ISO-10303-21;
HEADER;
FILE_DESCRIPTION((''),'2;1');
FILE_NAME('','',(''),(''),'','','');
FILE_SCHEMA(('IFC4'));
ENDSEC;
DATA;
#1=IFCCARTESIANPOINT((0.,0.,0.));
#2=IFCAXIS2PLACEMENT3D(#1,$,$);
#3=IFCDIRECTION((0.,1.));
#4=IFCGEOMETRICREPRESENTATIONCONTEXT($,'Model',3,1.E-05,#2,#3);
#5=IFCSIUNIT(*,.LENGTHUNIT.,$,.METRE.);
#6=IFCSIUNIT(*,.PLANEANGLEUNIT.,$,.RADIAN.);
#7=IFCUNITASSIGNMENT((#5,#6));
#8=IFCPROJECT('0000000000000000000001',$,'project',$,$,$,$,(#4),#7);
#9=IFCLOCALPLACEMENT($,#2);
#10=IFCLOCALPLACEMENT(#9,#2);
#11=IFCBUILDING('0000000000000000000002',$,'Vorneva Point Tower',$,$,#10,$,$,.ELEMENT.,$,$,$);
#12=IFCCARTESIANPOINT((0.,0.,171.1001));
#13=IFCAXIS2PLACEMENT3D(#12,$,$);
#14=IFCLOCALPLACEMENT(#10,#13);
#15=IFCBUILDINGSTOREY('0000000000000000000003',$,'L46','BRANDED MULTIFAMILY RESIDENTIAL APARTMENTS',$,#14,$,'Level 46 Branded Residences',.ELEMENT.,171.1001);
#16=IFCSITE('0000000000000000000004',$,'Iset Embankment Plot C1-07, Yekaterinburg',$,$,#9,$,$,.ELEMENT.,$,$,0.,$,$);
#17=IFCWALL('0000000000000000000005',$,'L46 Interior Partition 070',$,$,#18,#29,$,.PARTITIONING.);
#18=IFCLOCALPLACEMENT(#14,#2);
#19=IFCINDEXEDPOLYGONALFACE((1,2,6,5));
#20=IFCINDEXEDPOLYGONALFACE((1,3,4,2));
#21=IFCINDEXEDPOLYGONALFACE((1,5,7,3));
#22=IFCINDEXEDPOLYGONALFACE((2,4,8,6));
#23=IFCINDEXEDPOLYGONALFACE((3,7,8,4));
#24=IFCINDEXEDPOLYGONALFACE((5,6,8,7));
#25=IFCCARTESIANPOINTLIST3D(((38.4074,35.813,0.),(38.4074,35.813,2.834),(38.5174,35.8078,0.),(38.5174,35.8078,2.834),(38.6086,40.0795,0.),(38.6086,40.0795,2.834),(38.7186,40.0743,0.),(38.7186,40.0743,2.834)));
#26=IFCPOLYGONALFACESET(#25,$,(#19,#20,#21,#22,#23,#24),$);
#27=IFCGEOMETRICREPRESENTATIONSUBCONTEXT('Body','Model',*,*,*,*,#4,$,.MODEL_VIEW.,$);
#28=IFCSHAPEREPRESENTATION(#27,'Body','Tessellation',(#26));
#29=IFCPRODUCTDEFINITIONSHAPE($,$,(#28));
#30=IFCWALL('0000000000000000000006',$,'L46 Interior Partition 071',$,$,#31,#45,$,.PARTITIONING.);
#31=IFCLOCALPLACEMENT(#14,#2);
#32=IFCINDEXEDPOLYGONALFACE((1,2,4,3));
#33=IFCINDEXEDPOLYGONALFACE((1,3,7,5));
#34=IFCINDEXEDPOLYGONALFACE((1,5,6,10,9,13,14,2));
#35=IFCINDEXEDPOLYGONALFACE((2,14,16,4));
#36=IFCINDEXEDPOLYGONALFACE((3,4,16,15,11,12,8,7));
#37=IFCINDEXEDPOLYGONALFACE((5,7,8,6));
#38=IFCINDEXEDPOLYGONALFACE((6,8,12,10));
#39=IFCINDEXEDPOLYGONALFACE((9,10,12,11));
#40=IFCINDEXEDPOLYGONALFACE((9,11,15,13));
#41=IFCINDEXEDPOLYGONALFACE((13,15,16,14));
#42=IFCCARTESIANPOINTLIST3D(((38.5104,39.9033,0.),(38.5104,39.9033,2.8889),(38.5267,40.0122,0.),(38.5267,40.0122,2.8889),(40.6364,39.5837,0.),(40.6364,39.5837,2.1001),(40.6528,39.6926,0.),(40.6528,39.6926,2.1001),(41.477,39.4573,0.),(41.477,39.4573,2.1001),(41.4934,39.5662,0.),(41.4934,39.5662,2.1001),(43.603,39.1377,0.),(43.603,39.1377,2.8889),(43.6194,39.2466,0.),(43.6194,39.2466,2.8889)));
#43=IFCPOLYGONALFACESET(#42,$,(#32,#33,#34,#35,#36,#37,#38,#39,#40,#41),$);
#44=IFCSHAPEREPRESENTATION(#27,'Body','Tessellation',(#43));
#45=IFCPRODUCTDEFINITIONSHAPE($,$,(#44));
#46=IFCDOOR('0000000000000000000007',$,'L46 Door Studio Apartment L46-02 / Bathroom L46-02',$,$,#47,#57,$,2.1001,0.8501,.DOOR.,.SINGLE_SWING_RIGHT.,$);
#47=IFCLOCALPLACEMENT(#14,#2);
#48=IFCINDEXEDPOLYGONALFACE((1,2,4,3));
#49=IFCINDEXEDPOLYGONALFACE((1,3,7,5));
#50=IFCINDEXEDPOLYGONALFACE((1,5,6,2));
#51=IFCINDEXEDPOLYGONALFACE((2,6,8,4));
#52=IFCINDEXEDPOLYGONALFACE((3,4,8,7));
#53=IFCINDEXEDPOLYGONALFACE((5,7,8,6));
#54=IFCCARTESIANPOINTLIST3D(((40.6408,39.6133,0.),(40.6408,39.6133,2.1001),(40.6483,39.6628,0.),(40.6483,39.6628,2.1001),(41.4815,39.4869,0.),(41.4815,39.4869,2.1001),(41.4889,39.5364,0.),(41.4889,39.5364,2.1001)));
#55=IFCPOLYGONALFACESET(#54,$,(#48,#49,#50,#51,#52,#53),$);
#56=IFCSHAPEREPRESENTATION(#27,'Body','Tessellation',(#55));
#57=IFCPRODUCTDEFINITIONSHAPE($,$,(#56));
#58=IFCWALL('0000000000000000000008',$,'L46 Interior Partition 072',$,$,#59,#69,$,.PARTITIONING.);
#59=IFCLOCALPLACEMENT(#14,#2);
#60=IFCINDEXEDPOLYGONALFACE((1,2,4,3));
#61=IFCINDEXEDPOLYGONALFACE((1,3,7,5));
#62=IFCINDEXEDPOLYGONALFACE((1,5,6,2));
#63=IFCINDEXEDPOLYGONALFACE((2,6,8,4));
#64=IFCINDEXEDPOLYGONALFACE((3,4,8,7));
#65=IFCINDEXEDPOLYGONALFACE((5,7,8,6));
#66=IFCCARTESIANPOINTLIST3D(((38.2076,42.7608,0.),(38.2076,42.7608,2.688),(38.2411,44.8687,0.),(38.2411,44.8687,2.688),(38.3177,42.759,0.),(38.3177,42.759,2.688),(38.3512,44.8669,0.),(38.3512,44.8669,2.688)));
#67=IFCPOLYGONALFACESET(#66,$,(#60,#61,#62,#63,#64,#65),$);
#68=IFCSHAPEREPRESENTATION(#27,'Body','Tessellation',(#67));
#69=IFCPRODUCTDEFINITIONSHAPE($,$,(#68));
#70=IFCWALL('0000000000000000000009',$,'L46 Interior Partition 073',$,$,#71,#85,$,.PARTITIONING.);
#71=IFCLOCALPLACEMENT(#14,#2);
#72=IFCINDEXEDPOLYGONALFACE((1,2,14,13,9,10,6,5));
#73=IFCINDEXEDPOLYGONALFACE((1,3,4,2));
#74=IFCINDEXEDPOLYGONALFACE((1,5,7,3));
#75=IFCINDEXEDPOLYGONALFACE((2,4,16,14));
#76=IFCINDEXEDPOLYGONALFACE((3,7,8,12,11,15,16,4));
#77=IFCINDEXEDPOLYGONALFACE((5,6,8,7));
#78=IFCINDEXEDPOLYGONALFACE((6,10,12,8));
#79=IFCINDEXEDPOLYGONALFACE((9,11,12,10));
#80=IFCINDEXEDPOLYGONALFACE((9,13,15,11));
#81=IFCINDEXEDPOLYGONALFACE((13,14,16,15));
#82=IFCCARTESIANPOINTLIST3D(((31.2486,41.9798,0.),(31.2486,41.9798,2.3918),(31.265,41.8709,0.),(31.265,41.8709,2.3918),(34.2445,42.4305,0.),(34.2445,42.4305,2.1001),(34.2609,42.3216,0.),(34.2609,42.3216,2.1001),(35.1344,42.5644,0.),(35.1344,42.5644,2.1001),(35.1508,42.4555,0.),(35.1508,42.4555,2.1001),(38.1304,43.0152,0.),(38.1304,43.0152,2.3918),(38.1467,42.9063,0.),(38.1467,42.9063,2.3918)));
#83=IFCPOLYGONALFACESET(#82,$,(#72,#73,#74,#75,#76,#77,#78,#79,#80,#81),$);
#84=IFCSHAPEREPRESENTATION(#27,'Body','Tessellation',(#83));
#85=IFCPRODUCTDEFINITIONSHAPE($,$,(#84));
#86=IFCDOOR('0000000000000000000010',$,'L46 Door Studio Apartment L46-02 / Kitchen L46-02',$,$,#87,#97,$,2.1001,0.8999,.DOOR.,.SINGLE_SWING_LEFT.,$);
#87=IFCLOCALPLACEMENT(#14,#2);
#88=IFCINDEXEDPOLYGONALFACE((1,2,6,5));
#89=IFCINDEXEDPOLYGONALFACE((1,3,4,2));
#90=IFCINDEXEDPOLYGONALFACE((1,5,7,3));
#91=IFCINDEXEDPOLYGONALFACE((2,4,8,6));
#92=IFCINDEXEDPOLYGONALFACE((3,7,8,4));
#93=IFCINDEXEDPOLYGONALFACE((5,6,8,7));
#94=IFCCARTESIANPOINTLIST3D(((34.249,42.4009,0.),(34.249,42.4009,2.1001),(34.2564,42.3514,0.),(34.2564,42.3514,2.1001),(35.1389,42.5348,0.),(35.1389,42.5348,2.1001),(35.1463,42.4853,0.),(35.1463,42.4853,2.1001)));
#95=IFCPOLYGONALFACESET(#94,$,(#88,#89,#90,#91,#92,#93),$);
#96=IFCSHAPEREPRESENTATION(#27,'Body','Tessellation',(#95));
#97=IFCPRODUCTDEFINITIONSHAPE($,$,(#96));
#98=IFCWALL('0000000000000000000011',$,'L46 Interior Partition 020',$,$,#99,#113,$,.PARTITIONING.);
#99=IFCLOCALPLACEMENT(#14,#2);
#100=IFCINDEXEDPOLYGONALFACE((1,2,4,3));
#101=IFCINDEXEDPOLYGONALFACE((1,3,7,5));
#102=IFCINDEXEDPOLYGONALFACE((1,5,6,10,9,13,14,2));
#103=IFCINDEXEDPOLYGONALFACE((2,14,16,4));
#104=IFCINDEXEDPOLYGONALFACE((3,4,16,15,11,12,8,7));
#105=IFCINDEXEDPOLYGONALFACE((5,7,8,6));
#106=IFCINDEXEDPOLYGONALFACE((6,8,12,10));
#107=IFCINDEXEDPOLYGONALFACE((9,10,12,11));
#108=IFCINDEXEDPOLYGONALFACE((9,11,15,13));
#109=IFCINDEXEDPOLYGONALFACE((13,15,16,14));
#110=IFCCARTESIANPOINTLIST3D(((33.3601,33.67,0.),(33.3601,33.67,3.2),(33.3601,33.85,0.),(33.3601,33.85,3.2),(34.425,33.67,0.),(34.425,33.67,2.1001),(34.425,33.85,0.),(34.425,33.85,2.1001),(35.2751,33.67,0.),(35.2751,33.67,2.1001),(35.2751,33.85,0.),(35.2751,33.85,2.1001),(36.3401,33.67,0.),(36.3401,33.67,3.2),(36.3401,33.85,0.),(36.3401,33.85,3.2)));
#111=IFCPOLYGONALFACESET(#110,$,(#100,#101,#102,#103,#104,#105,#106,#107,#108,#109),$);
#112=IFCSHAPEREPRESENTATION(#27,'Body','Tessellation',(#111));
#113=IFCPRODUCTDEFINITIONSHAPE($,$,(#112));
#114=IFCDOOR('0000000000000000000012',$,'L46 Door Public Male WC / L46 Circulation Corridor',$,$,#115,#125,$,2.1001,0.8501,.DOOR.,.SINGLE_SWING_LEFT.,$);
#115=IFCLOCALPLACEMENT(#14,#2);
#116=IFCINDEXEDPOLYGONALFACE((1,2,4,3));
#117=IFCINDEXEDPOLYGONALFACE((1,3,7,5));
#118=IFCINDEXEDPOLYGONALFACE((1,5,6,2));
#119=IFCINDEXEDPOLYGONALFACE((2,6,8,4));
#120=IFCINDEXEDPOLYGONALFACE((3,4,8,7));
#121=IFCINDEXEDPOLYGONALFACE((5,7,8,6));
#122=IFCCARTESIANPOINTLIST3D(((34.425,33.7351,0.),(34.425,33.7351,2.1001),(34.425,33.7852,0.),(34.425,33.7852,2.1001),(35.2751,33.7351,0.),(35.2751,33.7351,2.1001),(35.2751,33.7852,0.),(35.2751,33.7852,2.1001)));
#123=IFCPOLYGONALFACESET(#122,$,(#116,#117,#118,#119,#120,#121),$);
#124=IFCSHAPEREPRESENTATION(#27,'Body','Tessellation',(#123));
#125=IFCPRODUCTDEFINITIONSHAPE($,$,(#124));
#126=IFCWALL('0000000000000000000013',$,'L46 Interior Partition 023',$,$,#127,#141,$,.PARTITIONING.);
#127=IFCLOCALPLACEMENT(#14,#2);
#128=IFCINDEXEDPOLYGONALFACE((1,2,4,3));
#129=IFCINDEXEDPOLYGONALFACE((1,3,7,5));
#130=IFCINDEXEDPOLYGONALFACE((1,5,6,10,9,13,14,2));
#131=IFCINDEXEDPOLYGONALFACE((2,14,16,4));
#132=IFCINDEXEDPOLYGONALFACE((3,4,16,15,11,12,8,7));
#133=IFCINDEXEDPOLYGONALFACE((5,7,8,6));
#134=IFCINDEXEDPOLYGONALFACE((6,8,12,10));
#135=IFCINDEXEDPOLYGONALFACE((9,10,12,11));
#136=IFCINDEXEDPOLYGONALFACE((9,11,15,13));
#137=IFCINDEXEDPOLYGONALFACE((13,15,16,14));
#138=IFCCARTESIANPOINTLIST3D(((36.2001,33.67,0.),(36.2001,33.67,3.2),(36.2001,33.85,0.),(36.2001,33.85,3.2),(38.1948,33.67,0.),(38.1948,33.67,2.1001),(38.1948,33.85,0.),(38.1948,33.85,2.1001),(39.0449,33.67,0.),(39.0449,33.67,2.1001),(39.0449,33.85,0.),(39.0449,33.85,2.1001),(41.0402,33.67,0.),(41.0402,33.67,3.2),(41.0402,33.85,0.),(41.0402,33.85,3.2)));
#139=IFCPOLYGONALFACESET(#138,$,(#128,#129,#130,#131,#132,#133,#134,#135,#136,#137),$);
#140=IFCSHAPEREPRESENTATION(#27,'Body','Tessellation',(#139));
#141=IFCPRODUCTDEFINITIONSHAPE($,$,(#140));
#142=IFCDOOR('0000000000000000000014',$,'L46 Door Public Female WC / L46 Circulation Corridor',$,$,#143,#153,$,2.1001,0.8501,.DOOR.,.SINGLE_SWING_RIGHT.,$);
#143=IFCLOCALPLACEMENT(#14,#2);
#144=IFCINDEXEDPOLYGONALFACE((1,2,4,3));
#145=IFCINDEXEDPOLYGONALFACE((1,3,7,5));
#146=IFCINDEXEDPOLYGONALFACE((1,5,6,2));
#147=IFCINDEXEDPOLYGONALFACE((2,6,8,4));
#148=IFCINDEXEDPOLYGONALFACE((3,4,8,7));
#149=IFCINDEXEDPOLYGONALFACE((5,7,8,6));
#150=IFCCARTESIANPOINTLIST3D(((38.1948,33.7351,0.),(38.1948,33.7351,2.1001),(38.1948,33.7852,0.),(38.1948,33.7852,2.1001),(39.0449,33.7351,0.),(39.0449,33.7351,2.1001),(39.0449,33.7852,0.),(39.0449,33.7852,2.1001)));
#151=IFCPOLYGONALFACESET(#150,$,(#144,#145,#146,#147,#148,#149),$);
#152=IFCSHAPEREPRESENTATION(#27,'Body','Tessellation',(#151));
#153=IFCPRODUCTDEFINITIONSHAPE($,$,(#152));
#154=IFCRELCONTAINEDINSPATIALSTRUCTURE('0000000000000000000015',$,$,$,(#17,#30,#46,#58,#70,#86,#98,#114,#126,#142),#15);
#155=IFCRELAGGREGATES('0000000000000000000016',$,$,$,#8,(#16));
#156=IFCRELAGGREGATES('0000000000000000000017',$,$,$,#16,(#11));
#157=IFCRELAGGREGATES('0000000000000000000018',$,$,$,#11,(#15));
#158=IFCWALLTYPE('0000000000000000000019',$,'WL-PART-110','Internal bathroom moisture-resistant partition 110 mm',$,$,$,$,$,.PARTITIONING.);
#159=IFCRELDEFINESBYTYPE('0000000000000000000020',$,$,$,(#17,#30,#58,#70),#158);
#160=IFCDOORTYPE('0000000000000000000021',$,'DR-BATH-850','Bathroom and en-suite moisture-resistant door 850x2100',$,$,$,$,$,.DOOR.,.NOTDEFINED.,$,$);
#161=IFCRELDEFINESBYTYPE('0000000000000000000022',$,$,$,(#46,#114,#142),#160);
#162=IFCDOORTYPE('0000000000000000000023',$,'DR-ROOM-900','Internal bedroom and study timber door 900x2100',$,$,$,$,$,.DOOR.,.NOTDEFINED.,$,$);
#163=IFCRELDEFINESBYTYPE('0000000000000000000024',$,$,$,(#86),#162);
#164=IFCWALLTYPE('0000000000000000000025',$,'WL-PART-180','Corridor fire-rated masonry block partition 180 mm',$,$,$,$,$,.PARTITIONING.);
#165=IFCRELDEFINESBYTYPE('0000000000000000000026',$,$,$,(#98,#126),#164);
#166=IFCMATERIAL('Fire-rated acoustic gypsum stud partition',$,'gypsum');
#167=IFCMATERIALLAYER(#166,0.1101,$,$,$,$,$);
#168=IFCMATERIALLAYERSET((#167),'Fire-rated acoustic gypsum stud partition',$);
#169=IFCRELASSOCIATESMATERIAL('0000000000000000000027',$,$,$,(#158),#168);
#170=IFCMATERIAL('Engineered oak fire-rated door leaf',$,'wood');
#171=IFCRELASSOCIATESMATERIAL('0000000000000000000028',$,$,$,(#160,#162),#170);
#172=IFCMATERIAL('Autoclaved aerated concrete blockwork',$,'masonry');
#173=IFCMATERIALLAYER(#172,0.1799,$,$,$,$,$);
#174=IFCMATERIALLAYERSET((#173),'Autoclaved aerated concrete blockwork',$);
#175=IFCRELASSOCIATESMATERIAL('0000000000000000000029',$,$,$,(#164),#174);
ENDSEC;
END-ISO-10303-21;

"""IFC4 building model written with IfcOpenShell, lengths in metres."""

from ifc_helpers import new_model, si_unit, direction, frame, frame_2d, origin, place, context, subcontext, project, spatial, rectangle, extrude, material, layer, layer_set, type_object, element, fill, save


model = new_model("IFC4")

# Units and contexts
model_context = context("Model", 3, precision=1e-05, world=origin(), true_north=direction((0.0, 1.0)))
body_context = subcontext(model_context, "Body", "Model", "MODEL_VIEW")
ifc_project = project(units=[si_unit("LENGTHUNIT", "METRE"), si_unit("PLANEANGLEUNIT", "RADIAN")], contexts=[model_context])

# Site, building, storey
site_placement = place(None, origin())
site = spatial("IfcSite", under=ifc_project, at=site_placement, Name="Iset Embankment Plot C1-07, Yekaterinburg", CompositionType="ELEMENT", RefElevation=0.0)
building_placement = place(site_placement, origin())
building = spatial("IfcBuilding", under=site, at=building_placement, Name="Vorneva Point Tower", CompositionType="ELEMENT")
storey_placement = place(building_placement, frame((0.0, 0.0, 171.1001)))
storey = spatial("IfcBuildingStorey", under=building, at=storey_placement, Name="L46", Description="BRANDED MULTIFAMILY RESIDENTIAL APARTMENTS", LongName="Level 46 Branded Residences", CompositionType="ELEMENT", Elevation=171.1001)

# Wall
ifc_material_1 = material(Name="Fire-rated acoustic gypsum stud partition", Category="gypsum")
ifc_layer_1 = layer(ifc_material_1, 0.1101)
ifc_layer_set_1 = layer_set([ifc_layer_1], Name="Fire-rated acoustic gypsum stud partition")
wall_type_1 = type_object("IfcWallType", Name="WL-PART-110", Description="Internal bathroom moisture-resistant partition 110 mm", PredefinedType="PARTITIONING", material=ifc_layer_set_1)
wall_1_placement = place(storey_placement, frame((38.4624, 35.8103, 0.0), z_axis=(0.0, 0.0, 1.0), x_axis=(0.047098, 0.99889, 0.0)))
element("IfcWall", 1, at=wall_1_placement, inside=storey, type_object=wall_type_1, Name="L46 Interior Partition 070", PredefinedType="PARTITIONING", context=body_context, shape_type="SweptSolid", body=[
    extrude(rectangle(XDim=4.2712, YDim=0.1101, at=frame_2d((2.1357, 0.0))), origin(), (0.0, 0.0, 1.0), 2.834),
])

# Wall, opening, door
wall_2_placement = place(storey_placement, frame((38.5186, 39.9578, 0.0), z_axis=(0.0, 0.0, 1.0), x_axis=(0.988888, -0.148665, 0.0)))
wall_2 = element("IfcWall", 2, at=wall_2_placement, inside=storey, type_object=wall_type_1, Name="L46 Interior Partition 071", PredefinedType="PARTITIONING", context=body_context, shape_type="SweptSolid", body=[
    extrude(rectangle(XDim=5.1499, YDim=0.1101, at=frame_2d((2.575, 0.0))), origin(), (0.0, 0.0, 1.0), 2.8889),
])
opening_1_placement = place(wall_2_placement, frame((2.1499, 0.0, 0.0)))
opening_1 = element("IfcOpeningElement", 3, at=opening_1_placement, cuts=wall_2, PredefinedType="OPENING", context=body_context, shape_type="SweptSolid", body=[
    extrude(rectangle(XDim=0.8501, YDim=2.1001, at=frame_2d((0.425, 1.05))), frame((0.0, 0.0698, 0.0), z_axis=(0.0, -1.0, 0.0), x_axis=(1.0, 0.0, 0.0)), (0.0, 0.0, 1.0), 0.1399),
])
ifc_material_2 = material(Name="Engineered oak fire-rated door leaf", Category="wood")
door_type_1 = type_object("IfcDoorType", Name="DR-BATH-850", Description="Bathroom and en-suite moisture-resistant door 850x2100", OperationType="NOTDEFINED", PredefinedType="DOOR", material=ifc_material_2)
door_1_placement = place(opening_1_placement, origin())
door_1 = element("IfcDoor", 4, at=door_1_placement, inside=storey, type_object=door_type_1, Name="L46 Door Studio Apartment L46-02 / Bathroom L46-02", OperationType="SINGLE_SWING_RIGHT", OverallHeight=2.1001, OverallWidth=0.8501, PredefinedType="DOOR", context=body_context, shape_type="SweptSolid", body=[
    extrude(rectangle(XDim=0.8501, YDim=2.1001, at=frame_2d((0.425, 1.05))), frame((0.0, 0.0249, 0.0), z_axis=(0.0, -1.0, 0.0), x_axis=(1.0, 0.0, 0.0)), (0.0, 0.0, 1.0), 0.05),
])
fill(opening_1, door_1)

# Wall
wall_3_placement = place(storey_placement, frame((38.2961, 44.8679, 0.0), z_axis=(0.0, 0.0, 1.0), x_axis=(-0.015866, -0.999874, 0.0)))
element("IfcWall", 5, at=wall_3_placement, inside=storey, type_object=wall_type_1, Name="L46 Interior Partition 072", PredefinedType="PARTITIONING", context=body_context, shape_type="SweptSolid", body=[
    extrude(rectangle(XDim=2.1082, YDim=0.1101, at=frame_2d((1.0542, 0.0))), origin(), (0.0, 0.0, 1.0), 2.688),
])

# Walls, openings, doors
wall_4_placement = place(storey_placement, frame((38.1384, 42.9607, 0.0), z_axis=(0.0, 0.0, 1.0), x_axis=(-0.98887, -0.14878, 0.0)))
wall_4 = element("IfcWall", 6, at=wall_4_placement, inside=storey, type_object=wall_type_1, Name="L46 Interior Partition 073", PredefinedType="PARTITIONING", context=body_context, shape_type="SweptSolid", body=[
    extrude(rectangle(XDim=6.9592, YDim=0.1101, at=frame_2d((3.4795, 0.0))), origin(), (0.0, 0.0, 1.0), 2.3918),
])
opening_2_placement = place(wall_4_placement, frame((3.0295, 0.0, 0.0)))
opening_2 = element("IfcOpeningElement", 7, at=opening_2_placement, cuts=wall_4, PredefinedType="OPENING", context=body_context, shape_type="SweptSolid", body=[
    extrude(rectangle(XDim=0.8999, YDim=2.1001, at=frame_2d((0.45, 1.05))), frame((0.0, 0.0698, 0.0), z_axis=(0.0, -1.0, 0.0), x_axis=(1.0, 0.0, 0.0)), (0.0, 0.0, 1.0), 0.1399),
])
door_type_2 = type_object("IfcDoorType", Name="DR-ROOM-900", Description="Internal bedroom and study timber door 900x2100", OperationType="NOTDEFINED", PredefinedType="DOOR", material=ifc_material_2)
door_2_placement = place(opening_2_placement, origin())
door_2 = element("IfcDoor", 8, at=door_2_placement, inside=storey, type_object=door_type_2, Name="L46 Door Studio Apartment L46-02 / Kitchen L46-02", OperationType="SINGLE_SWING_LEFT", OverallHeight=2.1001, OverallWidth=0.8999, PredefinedType="DOOR", context=body_context, shape_type="SweptSolid", body=[
    extrude(rectangle(XDim=0.8999, YDim=2.1001, at=frame_2d((0.45, 1.05))), frame((0.0, 0.0249, 0.0), z_axis=(0.0, -1.0, 0.0), x_axis=(1.0, 0.0, 0.0)), (0.0, 0.0, 1.0), 0.05),
])
fill(opening_2, door_2)
ifc_material_3 = material(Name="Autoclaved aerated concrete blockwork", Category="masonry")
ifc_layer_2 = layer(ifc_material_3, 0.1799)
ifc_layer_set_2 = layer_set([ifc_layer_2], Name="Autoclaved aerated concrete blockwork")
wall_type_2 = type_object("IfcWallType", Name="WL-PART-180", Description="Corridor fire-rated masonry block partition 180 mm", PredefinedType="PARTITIONING", material=ifc_layer_set_2)
wall_5_placement = place(storey_placement, frame((36.3401, 33.76, 0.0), z_axis=(0.0, 0.0, 1.0), x_axis=(-1.0, 0.0, 0.0)))
wall_5 = element("IfcWall", 9, at=wall_5_placement, inside=storey, type_object=wall_type_2, Name="L46 Interior Partition 020", PredefinedType="PARTITIONING", context=body_context, shape_type="SweptSolid", body=[
    extrude(rectangle(XDim=2.98, YDim=0.1799, at=frame_2d((1.49, 0.0))), origin(), (0.0, 0.0, 1.0), 3.2),
])
opening_3_placement = place(wall_5_placement, frame((1.0649, 0.0, 0.0)))
opening_3 = element("IfcOpeningElement", 10, at=opening_3_placement, cuts=wall_5, PredefinedType="OPENING", context=body_context, shape_type="SweptSolid", body=[
    extrude(rectangle(XDim=0.8501, YDim=2.1001, at=frame_2d((0.425, 1.05))), frame((0.0, 0.105, 0.0), z_axis=(0.0, -1.0, 0.0), x_axis=(1.0, 0.0, 0.0)), (0.0, 0.0, 1.0), 0.2097),
])
door_3_placement = place(opening_3_placement, origin())
door_3 = element("IfcDoor", 11, at=door_3_placement, inside=storey, type_object=door_type_1, Name="L46 Door Public Male WC / L46 Circulation Corridor", OperationType="SINGLE_SWING_LEFT", OverallHeight=2.1001, OverallWidth=0.8501, PredefinedType="DOOR", context=body_context, shape_type="SweptSolid", body=[
    extrude(rectangle(XDim=0.8501, YDim=2.1001, at=frame_2d((0.425, 1.05))), frame((0.0, 0.0249, 0.0), z_axis=(0.0, -1.0, 0.0), x_axis=(1.0, 0.0, 0.0)), (0.0, 0.0, 1.0), 0.05),
])
fill(opening_3, door_3)
wall_6_placement = place(storey_placement, frame((41.04, 33.76, 0.0), z_axis=(0.0, 0.0, 1.0), x_axis=(-1.0, 0.0, 0.0)))
wall_6 = element("IfcWall", 12, at=wall_6_placement, inside=storey, type_object=wall_type_2, Name="L46 Interior Partition 023", PredefinedType="PARTITIONING", context=body_context, shape_type="SweptSolid", body=[
    extrude(rectangle(XDim=4.8401, YDim=0.1799, at=frame_2d((2.4199, 0.0))), origin(), (0.0, 0.0, 1.0), 3.2),
])
opening_4_placement = place(wall_6_placement, frame((1.9951, 0.0, 0.0)))
opening_4 = element("IfcOpeningElement", 13, at=opening_4_placement, cuts=wall_6, PredefinedType="OPENING", context=body_context, shape_type="SweptSolid", body=[
    extrude(rectangle(XDim=0.8501, YDim=2.1001, at=frame_2d((0.425, 1.05))), frame((0.0, 0.105, 0.0), z_axis=(0.0, -1.0, 0.0), x_axis=(1.0, 0.0, 0.0)), (0.0, 0.0, 1.0), 0.2097),
])
door_4_placement = place(opening_4_placement, origin())
door_4 = element("IfcDoor", 14, at=door_4_placement, inside=storey, type_object=door_type_1, Name="L46 Door Public Female WC / L46 Circulation Corridor", OperationType="SINGLE_SWING_RIGHT", OverallHeight=2.1001, OverallWidth=0.8501, PredefinedType="DOOR", context=body_context, shape_type="SweptSolid", body=[
    extrude(rectangle(XDim=0.8501, YDim=2.1001, at=frame_2d((0.425, 1.05))), frame((0.0, 0.0249, 0.0), z_axis=(0.0, -1.0, 0.0), x_axis=(1.0, 0.0, 0.0)), (0.0, 0.0, 1.0), 0.05),
])
fill(opening_4, door_4)

save(model, "model.ifc")
